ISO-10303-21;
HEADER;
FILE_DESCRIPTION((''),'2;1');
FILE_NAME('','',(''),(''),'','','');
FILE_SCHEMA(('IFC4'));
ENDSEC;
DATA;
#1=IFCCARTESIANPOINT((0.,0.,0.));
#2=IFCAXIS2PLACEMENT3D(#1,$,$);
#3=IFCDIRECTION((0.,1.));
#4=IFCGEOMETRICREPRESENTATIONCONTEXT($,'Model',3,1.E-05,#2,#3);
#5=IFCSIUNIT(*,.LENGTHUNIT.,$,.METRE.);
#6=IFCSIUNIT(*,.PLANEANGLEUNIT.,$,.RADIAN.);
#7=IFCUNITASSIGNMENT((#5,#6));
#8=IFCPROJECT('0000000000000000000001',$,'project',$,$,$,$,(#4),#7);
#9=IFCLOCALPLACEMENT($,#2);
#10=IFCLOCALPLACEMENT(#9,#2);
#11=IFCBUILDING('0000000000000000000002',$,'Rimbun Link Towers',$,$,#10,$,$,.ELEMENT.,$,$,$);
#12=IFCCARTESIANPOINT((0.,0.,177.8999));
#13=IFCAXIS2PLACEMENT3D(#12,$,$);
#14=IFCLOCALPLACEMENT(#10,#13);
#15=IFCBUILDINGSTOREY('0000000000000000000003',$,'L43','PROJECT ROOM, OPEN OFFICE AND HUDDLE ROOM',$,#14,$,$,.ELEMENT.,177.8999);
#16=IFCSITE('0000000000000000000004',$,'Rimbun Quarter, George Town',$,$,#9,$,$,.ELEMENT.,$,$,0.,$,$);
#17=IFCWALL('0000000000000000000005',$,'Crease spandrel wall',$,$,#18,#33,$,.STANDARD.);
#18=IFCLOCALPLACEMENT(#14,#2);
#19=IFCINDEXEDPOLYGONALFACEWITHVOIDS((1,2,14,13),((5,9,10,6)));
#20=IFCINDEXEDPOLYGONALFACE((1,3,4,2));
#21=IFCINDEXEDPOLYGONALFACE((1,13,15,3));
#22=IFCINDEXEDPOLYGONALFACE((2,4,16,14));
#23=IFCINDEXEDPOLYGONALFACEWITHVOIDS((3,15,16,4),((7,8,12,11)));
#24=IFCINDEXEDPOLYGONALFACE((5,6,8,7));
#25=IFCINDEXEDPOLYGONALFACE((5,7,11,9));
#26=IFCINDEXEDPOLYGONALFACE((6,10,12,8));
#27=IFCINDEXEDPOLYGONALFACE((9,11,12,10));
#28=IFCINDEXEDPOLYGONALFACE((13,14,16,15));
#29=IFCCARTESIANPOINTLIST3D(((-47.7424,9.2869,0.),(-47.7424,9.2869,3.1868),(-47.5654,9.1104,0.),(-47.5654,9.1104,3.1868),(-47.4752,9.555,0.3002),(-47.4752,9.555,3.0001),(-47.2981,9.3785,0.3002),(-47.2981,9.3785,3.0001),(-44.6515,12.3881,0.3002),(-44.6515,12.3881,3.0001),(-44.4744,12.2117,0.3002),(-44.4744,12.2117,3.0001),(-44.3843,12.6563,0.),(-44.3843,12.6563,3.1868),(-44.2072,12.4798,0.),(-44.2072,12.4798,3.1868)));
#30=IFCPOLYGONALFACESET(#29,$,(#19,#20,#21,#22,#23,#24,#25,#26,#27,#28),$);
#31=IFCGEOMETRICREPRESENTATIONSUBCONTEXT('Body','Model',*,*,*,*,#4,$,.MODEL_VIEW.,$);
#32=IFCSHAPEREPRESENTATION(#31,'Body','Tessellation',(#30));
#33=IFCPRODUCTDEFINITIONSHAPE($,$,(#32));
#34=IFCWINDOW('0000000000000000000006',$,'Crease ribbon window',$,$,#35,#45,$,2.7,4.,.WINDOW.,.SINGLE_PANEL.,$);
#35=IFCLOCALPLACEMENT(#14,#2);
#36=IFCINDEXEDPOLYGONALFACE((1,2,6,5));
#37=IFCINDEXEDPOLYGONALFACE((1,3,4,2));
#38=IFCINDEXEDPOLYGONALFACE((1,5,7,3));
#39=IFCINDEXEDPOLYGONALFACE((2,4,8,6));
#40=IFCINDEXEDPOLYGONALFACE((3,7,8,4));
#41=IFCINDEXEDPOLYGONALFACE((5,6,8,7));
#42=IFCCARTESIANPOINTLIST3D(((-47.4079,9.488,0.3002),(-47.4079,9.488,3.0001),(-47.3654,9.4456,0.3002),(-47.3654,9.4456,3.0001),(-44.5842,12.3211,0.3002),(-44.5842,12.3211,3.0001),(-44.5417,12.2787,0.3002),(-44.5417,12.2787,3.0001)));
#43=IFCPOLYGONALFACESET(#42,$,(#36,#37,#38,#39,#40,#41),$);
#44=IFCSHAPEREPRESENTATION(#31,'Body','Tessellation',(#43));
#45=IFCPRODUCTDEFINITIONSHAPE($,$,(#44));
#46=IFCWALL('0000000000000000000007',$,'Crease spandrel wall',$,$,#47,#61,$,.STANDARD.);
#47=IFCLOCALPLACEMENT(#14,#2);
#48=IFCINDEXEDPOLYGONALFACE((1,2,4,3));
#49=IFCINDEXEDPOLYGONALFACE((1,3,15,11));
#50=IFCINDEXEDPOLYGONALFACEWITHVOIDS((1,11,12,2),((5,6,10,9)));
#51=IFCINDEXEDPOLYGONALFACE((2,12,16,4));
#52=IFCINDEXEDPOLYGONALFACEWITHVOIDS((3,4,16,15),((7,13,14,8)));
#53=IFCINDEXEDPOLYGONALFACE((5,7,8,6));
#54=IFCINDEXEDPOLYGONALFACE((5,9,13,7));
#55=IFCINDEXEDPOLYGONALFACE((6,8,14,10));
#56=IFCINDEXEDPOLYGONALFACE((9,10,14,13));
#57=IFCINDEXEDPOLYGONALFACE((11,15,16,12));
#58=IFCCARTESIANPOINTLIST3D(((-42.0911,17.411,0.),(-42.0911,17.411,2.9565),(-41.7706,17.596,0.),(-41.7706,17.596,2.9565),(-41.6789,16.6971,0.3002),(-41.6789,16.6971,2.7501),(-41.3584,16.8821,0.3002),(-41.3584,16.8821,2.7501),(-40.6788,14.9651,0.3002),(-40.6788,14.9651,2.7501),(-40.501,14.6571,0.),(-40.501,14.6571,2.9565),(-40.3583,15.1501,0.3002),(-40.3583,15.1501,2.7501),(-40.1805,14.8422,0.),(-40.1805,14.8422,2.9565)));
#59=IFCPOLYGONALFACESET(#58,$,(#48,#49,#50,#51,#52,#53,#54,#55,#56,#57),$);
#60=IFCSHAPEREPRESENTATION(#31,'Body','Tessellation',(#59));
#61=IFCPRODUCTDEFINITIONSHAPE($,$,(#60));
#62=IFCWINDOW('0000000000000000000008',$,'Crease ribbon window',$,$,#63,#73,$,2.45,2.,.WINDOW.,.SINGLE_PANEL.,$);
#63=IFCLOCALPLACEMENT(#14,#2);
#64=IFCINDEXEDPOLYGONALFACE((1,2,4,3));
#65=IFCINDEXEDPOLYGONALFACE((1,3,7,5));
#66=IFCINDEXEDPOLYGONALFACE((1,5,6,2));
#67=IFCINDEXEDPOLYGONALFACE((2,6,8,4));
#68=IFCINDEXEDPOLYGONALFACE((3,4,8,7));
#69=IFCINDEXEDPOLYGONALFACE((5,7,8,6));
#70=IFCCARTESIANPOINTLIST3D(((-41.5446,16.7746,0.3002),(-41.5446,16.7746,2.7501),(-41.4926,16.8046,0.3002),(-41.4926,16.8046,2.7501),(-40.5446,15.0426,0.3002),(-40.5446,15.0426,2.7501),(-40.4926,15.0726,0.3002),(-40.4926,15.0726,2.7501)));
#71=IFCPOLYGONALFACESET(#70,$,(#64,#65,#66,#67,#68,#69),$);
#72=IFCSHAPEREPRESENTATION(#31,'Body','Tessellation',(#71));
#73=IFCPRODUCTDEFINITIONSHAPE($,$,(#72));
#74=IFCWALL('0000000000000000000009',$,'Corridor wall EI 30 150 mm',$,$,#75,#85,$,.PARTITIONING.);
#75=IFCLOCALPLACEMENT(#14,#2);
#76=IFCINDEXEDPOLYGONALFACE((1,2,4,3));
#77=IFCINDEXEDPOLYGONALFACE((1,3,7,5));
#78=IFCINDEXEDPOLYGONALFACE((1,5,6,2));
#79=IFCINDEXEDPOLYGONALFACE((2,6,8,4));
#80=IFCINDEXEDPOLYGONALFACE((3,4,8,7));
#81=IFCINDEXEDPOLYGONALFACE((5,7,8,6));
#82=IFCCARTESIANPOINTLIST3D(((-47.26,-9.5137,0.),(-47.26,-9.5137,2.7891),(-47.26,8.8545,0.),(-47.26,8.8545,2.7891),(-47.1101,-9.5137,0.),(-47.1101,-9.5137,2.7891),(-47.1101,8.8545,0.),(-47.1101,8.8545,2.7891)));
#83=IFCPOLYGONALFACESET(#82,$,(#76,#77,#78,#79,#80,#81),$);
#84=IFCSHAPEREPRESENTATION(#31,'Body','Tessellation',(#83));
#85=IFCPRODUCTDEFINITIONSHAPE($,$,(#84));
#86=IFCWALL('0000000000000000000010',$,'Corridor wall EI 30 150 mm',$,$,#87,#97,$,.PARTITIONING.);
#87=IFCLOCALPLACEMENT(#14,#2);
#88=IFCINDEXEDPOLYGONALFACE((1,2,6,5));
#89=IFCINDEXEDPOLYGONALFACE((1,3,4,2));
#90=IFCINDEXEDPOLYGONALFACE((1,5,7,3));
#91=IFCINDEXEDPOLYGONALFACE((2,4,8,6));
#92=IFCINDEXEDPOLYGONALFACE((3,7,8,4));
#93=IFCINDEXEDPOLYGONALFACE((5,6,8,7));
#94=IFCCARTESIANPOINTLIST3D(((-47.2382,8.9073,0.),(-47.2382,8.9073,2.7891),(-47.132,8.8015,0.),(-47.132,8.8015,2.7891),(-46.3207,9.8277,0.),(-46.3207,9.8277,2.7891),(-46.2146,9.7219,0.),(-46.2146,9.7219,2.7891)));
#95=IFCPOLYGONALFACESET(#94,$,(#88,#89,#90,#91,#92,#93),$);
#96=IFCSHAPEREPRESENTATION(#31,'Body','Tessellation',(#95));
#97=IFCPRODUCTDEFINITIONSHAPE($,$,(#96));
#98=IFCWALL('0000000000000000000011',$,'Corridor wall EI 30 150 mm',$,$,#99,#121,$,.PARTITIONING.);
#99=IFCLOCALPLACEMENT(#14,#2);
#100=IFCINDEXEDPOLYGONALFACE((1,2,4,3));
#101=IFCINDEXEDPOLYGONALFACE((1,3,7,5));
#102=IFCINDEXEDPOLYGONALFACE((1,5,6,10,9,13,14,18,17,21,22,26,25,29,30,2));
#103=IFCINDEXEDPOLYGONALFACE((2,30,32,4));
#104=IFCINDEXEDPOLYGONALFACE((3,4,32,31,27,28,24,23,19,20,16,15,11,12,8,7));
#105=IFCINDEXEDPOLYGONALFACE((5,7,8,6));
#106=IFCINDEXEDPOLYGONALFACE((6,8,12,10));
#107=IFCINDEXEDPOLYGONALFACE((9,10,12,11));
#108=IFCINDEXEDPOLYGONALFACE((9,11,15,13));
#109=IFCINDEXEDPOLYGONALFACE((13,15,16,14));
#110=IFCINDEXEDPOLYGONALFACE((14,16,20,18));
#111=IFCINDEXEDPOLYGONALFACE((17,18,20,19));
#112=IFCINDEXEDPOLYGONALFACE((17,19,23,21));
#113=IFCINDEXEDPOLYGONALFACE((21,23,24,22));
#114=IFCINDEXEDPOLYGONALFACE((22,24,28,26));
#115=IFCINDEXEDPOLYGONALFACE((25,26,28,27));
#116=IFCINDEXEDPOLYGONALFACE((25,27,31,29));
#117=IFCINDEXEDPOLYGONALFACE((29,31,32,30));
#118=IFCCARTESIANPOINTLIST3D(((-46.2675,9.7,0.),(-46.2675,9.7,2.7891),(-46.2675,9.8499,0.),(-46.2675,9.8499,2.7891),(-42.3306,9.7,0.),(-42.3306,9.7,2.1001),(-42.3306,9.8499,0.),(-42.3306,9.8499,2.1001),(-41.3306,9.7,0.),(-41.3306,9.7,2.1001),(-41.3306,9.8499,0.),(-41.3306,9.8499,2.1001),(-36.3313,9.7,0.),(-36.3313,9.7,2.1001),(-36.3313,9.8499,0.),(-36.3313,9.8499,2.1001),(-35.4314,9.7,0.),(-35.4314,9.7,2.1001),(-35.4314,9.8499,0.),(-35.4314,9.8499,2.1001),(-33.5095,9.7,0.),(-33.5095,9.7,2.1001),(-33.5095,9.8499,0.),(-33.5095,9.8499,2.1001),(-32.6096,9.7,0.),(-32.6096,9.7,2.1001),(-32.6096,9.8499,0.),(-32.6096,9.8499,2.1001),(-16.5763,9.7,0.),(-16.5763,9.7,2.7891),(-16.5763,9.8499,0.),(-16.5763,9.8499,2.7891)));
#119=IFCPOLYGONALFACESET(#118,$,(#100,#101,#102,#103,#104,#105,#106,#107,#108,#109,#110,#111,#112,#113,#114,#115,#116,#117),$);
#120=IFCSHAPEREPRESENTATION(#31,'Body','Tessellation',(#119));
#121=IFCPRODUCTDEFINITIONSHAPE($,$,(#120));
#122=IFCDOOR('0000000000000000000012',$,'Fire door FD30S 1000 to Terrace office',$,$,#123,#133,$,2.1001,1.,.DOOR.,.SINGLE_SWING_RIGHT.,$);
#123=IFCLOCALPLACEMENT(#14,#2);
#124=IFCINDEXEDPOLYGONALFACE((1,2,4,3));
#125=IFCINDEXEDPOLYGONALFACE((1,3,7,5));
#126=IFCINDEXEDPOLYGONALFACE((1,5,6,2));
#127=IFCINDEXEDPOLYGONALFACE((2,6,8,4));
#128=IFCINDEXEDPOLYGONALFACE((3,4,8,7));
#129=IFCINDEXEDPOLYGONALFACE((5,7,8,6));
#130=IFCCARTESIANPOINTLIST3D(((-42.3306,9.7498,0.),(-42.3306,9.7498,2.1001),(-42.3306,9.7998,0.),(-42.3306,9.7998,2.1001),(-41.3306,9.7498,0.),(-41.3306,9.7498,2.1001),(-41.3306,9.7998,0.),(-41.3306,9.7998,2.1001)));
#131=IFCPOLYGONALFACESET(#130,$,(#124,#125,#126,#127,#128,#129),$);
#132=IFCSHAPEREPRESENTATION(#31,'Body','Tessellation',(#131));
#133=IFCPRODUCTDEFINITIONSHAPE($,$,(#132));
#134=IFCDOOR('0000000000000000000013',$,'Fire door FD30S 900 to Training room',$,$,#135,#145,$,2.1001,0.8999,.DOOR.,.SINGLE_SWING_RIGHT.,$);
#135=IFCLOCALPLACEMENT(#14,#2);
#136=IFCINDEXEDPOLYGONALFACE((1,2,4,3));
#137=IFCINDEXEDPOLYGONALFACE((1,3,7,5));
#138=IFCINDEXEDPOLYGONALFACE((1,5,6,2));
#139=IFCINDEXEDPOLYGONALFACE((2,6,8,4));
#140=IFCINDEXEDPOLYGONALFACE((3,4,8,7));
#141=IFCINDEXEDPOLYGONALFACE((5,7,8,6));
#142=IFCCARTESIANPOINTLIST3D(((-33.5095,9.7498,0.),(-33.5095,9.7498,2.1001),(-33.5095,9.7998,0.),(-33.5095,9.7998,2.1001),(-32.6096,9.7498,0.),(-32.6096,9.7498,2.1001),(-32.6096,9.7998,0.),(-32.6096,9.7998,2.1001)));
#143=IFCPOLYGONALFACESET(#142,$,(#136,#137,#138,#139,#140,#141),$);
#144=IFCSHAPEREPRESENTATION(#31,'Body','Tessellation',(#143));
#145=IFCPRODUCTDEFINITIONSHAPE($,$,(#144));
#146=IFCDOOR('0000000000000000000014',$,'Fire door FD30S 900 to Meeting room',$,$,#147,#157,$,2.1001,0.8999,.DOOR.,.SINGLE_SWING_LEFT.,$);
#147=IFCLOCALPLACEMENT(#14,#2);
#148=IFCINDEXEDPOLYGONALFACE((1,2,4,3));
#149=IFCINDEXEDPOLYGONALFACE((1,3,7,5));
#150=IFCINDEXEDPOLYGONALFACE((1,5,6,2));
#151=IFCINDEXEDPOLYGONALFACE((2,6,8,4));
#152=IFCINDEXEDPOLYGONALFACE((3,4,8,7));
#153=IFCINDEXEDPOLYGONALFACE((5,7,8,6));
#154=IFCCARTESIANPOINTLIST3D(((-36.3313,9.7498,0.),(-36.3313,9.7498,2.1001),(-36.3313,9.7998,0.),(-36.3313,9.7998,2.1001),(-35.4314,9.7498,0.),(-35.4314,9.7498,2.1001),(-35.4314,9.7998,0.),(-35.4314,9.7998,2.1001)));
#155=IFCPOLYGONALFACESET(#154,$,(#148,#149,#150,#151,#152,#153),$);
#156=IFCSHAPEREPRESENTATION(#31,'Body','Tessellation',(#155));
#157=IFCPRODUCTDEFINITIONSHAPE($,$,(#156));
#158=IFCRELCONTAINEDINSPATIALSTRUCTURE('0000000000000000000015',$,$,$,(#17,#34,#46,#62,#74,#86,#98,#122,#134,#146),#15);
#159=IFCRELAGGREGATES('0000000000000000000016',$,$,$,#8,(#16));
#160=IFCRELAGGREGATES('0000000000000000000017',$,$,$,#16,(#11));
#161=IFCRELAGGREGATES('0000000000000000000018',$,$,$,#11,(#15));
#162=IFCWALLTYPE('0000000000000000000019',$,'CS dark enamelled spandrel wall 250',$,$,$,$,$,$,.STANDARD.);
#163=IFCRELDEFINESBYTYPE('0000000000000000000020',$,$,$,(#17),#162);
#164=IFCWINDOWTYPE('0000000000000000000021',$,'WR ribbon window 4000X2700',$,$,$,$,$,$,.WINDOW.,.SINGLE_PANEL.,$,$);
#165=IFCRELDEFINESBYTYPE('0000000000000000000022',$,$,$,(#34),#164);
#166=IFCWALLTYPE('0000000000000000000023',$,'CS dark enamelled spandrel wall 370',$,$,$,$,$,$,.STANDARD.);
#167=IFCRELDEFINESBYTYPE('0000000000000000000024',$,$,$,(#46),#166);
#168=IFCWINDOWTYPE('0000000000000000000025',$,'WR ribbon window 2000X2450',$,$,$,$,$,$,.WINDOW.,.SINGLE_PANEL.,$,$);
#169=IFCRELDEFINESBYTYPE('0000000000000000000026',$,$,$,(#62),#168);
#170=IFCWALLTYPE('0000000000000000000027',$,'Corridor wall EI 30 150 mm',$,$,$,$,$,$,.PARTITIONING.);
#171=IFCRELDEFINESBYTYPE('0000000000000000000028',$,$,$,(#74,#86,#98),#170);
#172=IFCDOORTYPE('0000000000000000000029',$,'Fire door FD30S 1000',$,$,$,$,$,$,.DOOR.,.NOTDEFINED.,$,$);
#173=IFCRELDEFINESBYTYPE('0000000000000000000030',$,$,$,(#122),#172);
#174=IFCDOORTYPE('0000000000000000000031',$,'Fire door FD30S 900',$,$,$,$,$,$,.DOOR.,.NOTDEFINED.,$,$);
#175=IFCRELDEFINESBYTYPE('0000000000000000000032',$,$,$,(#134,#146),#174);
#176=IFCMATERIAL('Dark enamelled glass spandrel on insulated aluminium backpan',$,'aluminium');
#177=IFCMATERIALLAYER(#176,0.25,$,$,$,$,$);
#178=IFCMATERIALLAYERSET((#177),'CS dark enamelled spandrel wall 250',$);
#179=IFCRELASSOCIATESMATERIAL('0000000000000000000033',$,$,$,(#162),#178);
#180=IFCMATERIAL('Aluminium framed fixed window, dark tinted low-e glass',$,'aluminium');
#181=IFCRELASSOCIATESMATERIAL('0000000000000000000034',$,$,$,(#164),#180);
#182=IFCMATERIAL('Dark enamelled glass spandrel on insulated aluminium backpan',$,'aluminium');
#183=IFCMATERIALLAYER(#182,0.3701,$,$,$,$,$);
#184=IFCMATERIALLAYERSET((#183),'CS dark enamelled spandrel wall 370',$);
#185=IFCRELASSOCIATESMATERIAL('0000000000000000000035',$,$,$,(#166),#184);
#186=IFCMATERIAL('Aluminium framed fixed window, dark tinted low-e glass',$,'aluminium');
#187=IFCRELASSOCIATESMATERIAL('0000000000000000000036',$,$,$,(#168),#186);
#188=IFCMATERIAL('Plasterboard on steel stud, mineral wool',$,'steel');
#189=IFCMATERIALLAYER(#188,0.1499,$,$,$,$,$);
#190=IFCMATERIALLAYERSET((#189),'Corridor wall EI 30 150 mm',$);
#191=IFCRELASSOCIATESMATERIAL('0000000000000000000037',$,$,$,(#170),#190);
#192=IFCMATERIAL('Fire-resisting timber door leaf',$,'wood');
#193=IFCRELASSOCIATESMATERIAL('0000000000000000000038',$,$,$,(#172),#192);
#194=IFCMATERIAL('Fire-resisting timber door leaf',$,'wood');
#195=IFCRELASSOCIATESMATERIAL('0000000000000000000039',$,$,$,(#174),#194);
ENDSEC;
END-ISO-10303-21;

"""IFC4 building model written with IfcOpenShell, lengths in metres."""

from ifc_helpers import new_model, si_unit, direction, frame, frame_2d, origin, place, context, subcontext, project, spatial, rectangle, extrude, material, layer, layer_set, type_object, element, fill, save


model = new_model("IFC4")

# Units and contexts
model_context = context("Model", 3, precision=1e-05, world=origin(), true_north=direction((0.0, 1.0)))
body_context = subcontext(model_context, "Body", "Model", "MODEL_VIEW")
ifc_project = project(units=[si_unit("LENGTHUNIT", "METRE"), si_unit("PLANEANGLEUNIT", "RADIAN")], contexts=[model_context])

# Site, building, storey
site_placement = place(None, origin())
site = spatial("IfcSite", under=ifc_project, at=site_placement, Name="Rimbun Quarter, George Town", CompositionType="ELEMENT", RefElevation=0.0)
building_placement = place(site_placement, origin())
building = spatial("IfcBuilding", under=site, at=building_placement, Name="Rimbun Link Towers", CompositionType="ELEMENT")
storey_placement = place(building_placement, frame((0.0, 0.0, 177.8999)))
storey = spatial("IfcBuildingStorey", under=building, at=storey_placement, Name="L43", Description="PROJECT ROOM, OPEN OFFICE AND HUDDLE ROOM", CompositionType="ELEMENT", Elevation=177.8999)

# Walls, openings, windows
ifc_material_1 = material(Name="Dark enamelled glass spandrel on insulated aluminium backpan", Category="aluminium")
ifc_layer_1 = layer(ifc_material_1, 0.25)
ifc_layer_set_1 = layer_set([ifc_layer_1], Name="CS dark enamelled spandrel wall 250")
wall_type_1 = type_object("IfcWallType", Name="CS dark enamelled spandrel wall 250", PredefinedType="STANDARD", material=ifc_layer_set_1)
wall_1_placement = place(storey_placement, frame((-47.6538, 9.1987, 0.0), z_axis=(0.0, 0.0, 1.0), x_axis=(0.705925, 0.708286, 0.0)))
wall_1 = element("IfcWall", 1, at=wall_1_placement, inside=storey, type_object=wall_type_1, Name="Crease spandrel wall", PredefinedType="STANDARD", context=body_context, shape_type="SweptSolid", body=[
    extrude(rectangle(XDim=4.7571, YDim=0.25, at=frame_2d((2.3784, 0.0))), origin(), (0.0, 0.0, 1.0), 3.1868),
])
opening_1_placement = place(wall_1_placement, frame((0.3784, 0.0, 0.3)))
opening_1 = element("IfcOpeningElement", 2, at=opening_1_placement, cuts=wall_1, PredefinedType="OPENING", context=body_context, shape_type="SweptSolid", body=[
    extrude(rectangle(XDim=4.0, YDim=2.7, at=frame_2d((2.0, 1.3501))), frame((0.0, 0.135, 0.0), z_axis=(0.0, -1.0, 0.0), x_axis=(1.0, 0.0, 0.0)), (0.0, 0.0, 1.0), 0.27),
])
ifc_material_2 = material(Name="Aluminium framed fixed window, dark tinted low-e glass", Category="aluminium")
window_type_1 = type_object("IfcWindowType", Name="WR ribbon window 4000X2700", PartitioningType="SINGLE_PANEL", PredefinedType="WINDOW", material=ifc_material_2)
window_1_placement = place(opening_1_placement, origin())
window_1 = element("IfcWindow", 3, at=window_1_placement, inside=storey, type_object=window_type_1, Name="Crease ribbon window", OverallHeight=2.7, OverallWidth=4.0, PartitioningType="SINGLE_PANEL", PredefinedType="WINDOW", context=body_context, shape_type="SweptSolid", body=[
    extrude(rectangle(XDim=4.0, YDim=2.7, at=frame_2d((2.0, 1.3501))), frame((0.0, 0.03, 0.0), z_axis=(0.0, -1.0, 0.0), x_axis=(1.0, 0.0, 0.0)), (0.0, 0.0, 1.0), 0.0601),
])
fill(opening_1, window_1)
ifc_material_3 = material(Name="Dark enamelled glass spandrel on insulated aluminium backpan", Category="aluminium")
ifc_layer_2 = layer(ifc_material_3, 0.3701)
ifc_layer_set_2 = layer_set([ifc_layer_2], Name="CS dark enamelled spandrel wall 370")
wall_type_2 = type_object("IfcWallType", Name="CS dark enamelled spandrel wall 370", PredefinedType="STANDARD", material=ifc_layer_set_2)
wall_2_placement = place(storey_placement, frame((-40.3408, 14.7498, 0.0), z_axis=(0.0, 0.0, 1.0), x_axis=(-0.500028, 0.866009, 0.0)))
wall_2 = element("IfcWall", 4, at=wall_2_placement, inside=storey, type_object=wall_type_2, Name="Crease spandrel wall", PredefinedType="STANDARD", context=body_context, shape_type="SweptSolid", body=[
    extrude(rectangle(XDim=3.1799, YDim=0.3701, at=frame_2d((1.5898, 0.0))), origin(), (0.0, 0.0, 1.0), 2.9565),
])
opening_2_placement = place(wall_2_placement, frame((0.3555, 0.0, 0.3)))
opening_2 = element("IfcOpeningElement", 5, at=opening_2_placement, cuts=wall_2, PredefinedType="OPENING", context=body_context, shape_type="SweptSolid", body=[
    extrude(rectangle(XDim=2.0, YDim=2.45, at=frame_2d((1.0, 1.2251))), frame((0.0, 0.1951, 0.0), z_axis=(0.0, -1.0, 0.0), x_axis=(1.0, 0.0, 0.0)), (0.0, 0.0, 1.0), 0.3901),
])
ifc_material_4 = material(Name="Aluminium framed fixed window, dark tinted low-e glass", Category="aluminium")
window_type_2 = type_object("IfcWindowType", Name="WR ribbon window 2000X2450", PartitioningType="SINGLE_PANEL", PredefinedType="WINDOW", material=ifc_material_4)
window_2_placement = place(opening_2_placement, origin())
window_2 = element("IfcWindow", 6, at=window_2_placement, inside=storey, type_object=window_type_2, Name="Crease ribbon window", OverallHeight=2.45, OverallWidth=2.0, PartitioningType="SINGLE_PANEL", PredefinedType="WINDOW", context=body_context, shape_type="SweptSolid", body=[
    extrude(rectangle(XDim=2.0, YDim=2.45, at=frame_2d((1.0, 1.2251))), frame((0.0, 0.03, 0.0), z_axis=(0.0, -1.0, 0.0), x_axis=(1.0, 0.0, 0.0)), (0.0, 0.0, 1.0), 0.0601),
])
fill(opening_2, window_2)

# Walls
ifc_material_5 = material(Name="Plasterboard on steel stud, mineral wool", Category="steel")
ifc_layer_3 = layer(ifc_material_5, 0.1499)
ifc_layer_set_3 = layer_set([ifc_layer_3], Name="Corridor wall EI 30 150 mm")
wall_type_3 = type_object("IfcWallType", Name="Corridor wall EI 30 150 mm", PredefinedType="PARTITIONING", material=ifc_layer_set_3)
wall_3_placement = place(storey_placement, frame((-47.1851, 8.8545, 0.0), z_axis=(0.0, 0.0, 1.0), x_axis=(0.0, -1.0, 0.0)))
element("IfcWall", 7, at=wall_3_placement, inside=storey, type_object=wall_type_3, Name="Corridor wall EI 30 150 mm", PredefinedType="PARTITIONING", context=body_context, shape_type="SweptSolid", body=[
    extrude(rectangle(XDim=18.3682, YDim=0.1499, at=frame_2d((9.1841, 0.0))), origin(), (0.0, 0.0, 1.0), 2.7891),
])
wall_4_placement = place(storey_placement, frame((-46.2676, 9.7749, 0.0), z_axis=(0.0, 0.0, 1.0), x_axis=(-0.705979, -0.708233, 0.0)))
element("IfcWall", 8, at=wall_4_placement, inside=storey, type_object=wall_type_3, Name="Corridor wall EI 30 150 mm", PredefinedType="PARTITIONING", context=body_context, shape_type="SweptSolid", body=[
    extrude(rectangle(XDim=1.2996, YDim=0.1499, at=frame_2d((0.6499, 0.0))), origin(), (0.0, 0.0, 1.0), 2.7891),
])

# Wall, openings, doors
wall_5_placement = place(storey_placement, frame((-46.2676, 9.7749, 0.0), z_axis=(0.0, 0.0, 1.0), x_axis=(1.0, 0.0, 0.0)))
wall_5 = element("IfcWall", 9, at=wall_5_placement, inside=storey, type_object=wall_type_3, Name="Corridor wall EI 30 150 mm", PredefinedType="PARTITIONING", context=body_context, shape_type="SweptSolid", body=[
    extrude(rectangle(XDim=29.6912, YDim=0.1499, at=frame_2d((14.8457, 0.0))), origin(), (0.0, 0.0, 1.0), 2.7891),
])
opening_3_placement = place(wall_5_placement, frame((12.7581, 0.0, 0.0)))
opening_3 = element("IfcOpeningElement", 10, at=opening_3_placement, cuts=wall_5, PredefinedType="OPENING", context=body_context, shape_type="SweptSolid", body=[
    extrude(rectangle(XDim=0.8999, YDim=2.1001, at=frame_2d((0.45, 1.05))), frame((0.0, 0.085, 0.0), z_axis=(0.0, -1.0, 0.0), x_axis=(1.0, 0.0, 0.0)), (0.0, 0.0, 1.0), 0.1699),
])
opening_4_placement = place(wall_5_placement, frame((9.9363, 0.0, 0.0)))
opening_4 = element("IfcOpeningElement", 11, at=opening_4_placement, cuts=wall_5, PredefinedType="OPENING", context=body_context, shape_type="SweptSolid", body=[
    extrude(rectangle(XDim=0.8999, YDim=2.1001, at=frame_2d((0.45, 1.05))), frame((0.0, 0.085, 0.0), z_axis=(0.0, -1.0, 0.0), x_axis=(1.0, 0.0, 0.0)), (0.0, 0.0, 1.0), 0.1699),
])
opening_5_placement = place(wall_5_placement, frame((3.937, 0.0, 0.0)))
opening_5 = element("IfcOpeningElement", 12, at=opening_5_placement, cuts=wall_5, PredefinedType="OPENING", context=body_context, shape_type="SweptSolid", body=[
    extrude(rectangle(XDim=1.0, YDim=2.1001, at=frame_2d((0.5, 1.05))), frame((0.0, 0.085, 0.0), z_axis=(0.0, -1.0, 0.0), x_axis=(1.0, 0.0, 0.0)), (0.0, 0.0, 1.0), 0.1699),
])
ifc_material_6 = material(Name="Fire-resisting timber door leaf", Category="wood")
door_type_1 = type_object("IfcDoorType", Name="Fire door FD30S 1000", OperationType="NOTDEFINED", PredefinedType="DOOR", material=ifc_material_6)
door_1_placement = place(opening_5_placement, origin())
door_1 = element("IfcDoor", 13, at=door_1_placement, inside=storey, type_object=door_type_1, Name="Fire door FD30S 1000 to Terrace office", OperationType="SINGLE_SWING_RIGHT", OverallHeight=2.1001, OverallWidth=1.0, PredefinedType="DOOR", context=body_context, shape_type="SweptSolid", body=[
    extrude(rectangle(XDim=1.0, YDim=2.1001, at=frame_2d((0.5, 1.05))), frame((0.0, 0.0249, 0.0), z_axis=(0.0, -1.0, 0.0), x_axis=(1.0, 0.0, 0.0)), (0.0, 0.0, 1.0), 0.05),
])
fill(opening_5, door_1)
ifc_material_7 = material(Name="Fire-resisting timber door leaf", Category="wood")
door_type_2 = type_object("IfcDoorType", Name="Fire door FD30S 900", OperationType="NOTDEFINED", PredefinedType="DOOR", material=ifc_material_7)
door_2_placement = place(opening_3_placement, origin())
door_2 = element("IfcDoor", 14, at=door_2_placement, inside=storey, type_object=door_type_2, Name="Fire door FD30S 900 to Training room", OperationType="SINGLE_SWING_RIGHT", OverallHeight=2.1001, OverallWidth=0.8999, PredefinedType="DOOR", context=body_context, shape_type="SweptSolid", body=[
    extrude(rectangle(XDim=0.8999, YDim=2.1001, at=frame_2d((0.45, 1.05))), frame((0.0, 0.0249, 0.0), z_axis=(0.0, -1.0, 0.0), x_axis=(1.0, 0.0, 0.0)), (0.0, 0.0, 1.0), 0.05),
])
fill(opening_3, door_2)
door_3_placement = place(opening_4_placement, origin())
door_3 = element("IfcDoor", 15, at=door_3_placement, inside=storey, type_object=door_type_2, Name="Fire door FD30S 900 to Meeting room", OperationType="SINGLE_SWING_LEFT", OverallHeight=2.1001, OverallWidth=0.8999, PredefinedType="DOOR", context=body_context, shape_type="SweptSolid", body=[
    extrude(rectangle(XDim=0.8999, YDim=2.1001, at=frame_2d((0.45, 1.05))), frame((0.0, 0.0249, 0.0), z_axis=(0.0, -1.0, 0.0), x_axis=(1.0, 0.0, 0.0)), (0.0, 0.0, 1.0), 0.05),
])
fill(opening_4, door_3)

save(model, "model.ifc")
